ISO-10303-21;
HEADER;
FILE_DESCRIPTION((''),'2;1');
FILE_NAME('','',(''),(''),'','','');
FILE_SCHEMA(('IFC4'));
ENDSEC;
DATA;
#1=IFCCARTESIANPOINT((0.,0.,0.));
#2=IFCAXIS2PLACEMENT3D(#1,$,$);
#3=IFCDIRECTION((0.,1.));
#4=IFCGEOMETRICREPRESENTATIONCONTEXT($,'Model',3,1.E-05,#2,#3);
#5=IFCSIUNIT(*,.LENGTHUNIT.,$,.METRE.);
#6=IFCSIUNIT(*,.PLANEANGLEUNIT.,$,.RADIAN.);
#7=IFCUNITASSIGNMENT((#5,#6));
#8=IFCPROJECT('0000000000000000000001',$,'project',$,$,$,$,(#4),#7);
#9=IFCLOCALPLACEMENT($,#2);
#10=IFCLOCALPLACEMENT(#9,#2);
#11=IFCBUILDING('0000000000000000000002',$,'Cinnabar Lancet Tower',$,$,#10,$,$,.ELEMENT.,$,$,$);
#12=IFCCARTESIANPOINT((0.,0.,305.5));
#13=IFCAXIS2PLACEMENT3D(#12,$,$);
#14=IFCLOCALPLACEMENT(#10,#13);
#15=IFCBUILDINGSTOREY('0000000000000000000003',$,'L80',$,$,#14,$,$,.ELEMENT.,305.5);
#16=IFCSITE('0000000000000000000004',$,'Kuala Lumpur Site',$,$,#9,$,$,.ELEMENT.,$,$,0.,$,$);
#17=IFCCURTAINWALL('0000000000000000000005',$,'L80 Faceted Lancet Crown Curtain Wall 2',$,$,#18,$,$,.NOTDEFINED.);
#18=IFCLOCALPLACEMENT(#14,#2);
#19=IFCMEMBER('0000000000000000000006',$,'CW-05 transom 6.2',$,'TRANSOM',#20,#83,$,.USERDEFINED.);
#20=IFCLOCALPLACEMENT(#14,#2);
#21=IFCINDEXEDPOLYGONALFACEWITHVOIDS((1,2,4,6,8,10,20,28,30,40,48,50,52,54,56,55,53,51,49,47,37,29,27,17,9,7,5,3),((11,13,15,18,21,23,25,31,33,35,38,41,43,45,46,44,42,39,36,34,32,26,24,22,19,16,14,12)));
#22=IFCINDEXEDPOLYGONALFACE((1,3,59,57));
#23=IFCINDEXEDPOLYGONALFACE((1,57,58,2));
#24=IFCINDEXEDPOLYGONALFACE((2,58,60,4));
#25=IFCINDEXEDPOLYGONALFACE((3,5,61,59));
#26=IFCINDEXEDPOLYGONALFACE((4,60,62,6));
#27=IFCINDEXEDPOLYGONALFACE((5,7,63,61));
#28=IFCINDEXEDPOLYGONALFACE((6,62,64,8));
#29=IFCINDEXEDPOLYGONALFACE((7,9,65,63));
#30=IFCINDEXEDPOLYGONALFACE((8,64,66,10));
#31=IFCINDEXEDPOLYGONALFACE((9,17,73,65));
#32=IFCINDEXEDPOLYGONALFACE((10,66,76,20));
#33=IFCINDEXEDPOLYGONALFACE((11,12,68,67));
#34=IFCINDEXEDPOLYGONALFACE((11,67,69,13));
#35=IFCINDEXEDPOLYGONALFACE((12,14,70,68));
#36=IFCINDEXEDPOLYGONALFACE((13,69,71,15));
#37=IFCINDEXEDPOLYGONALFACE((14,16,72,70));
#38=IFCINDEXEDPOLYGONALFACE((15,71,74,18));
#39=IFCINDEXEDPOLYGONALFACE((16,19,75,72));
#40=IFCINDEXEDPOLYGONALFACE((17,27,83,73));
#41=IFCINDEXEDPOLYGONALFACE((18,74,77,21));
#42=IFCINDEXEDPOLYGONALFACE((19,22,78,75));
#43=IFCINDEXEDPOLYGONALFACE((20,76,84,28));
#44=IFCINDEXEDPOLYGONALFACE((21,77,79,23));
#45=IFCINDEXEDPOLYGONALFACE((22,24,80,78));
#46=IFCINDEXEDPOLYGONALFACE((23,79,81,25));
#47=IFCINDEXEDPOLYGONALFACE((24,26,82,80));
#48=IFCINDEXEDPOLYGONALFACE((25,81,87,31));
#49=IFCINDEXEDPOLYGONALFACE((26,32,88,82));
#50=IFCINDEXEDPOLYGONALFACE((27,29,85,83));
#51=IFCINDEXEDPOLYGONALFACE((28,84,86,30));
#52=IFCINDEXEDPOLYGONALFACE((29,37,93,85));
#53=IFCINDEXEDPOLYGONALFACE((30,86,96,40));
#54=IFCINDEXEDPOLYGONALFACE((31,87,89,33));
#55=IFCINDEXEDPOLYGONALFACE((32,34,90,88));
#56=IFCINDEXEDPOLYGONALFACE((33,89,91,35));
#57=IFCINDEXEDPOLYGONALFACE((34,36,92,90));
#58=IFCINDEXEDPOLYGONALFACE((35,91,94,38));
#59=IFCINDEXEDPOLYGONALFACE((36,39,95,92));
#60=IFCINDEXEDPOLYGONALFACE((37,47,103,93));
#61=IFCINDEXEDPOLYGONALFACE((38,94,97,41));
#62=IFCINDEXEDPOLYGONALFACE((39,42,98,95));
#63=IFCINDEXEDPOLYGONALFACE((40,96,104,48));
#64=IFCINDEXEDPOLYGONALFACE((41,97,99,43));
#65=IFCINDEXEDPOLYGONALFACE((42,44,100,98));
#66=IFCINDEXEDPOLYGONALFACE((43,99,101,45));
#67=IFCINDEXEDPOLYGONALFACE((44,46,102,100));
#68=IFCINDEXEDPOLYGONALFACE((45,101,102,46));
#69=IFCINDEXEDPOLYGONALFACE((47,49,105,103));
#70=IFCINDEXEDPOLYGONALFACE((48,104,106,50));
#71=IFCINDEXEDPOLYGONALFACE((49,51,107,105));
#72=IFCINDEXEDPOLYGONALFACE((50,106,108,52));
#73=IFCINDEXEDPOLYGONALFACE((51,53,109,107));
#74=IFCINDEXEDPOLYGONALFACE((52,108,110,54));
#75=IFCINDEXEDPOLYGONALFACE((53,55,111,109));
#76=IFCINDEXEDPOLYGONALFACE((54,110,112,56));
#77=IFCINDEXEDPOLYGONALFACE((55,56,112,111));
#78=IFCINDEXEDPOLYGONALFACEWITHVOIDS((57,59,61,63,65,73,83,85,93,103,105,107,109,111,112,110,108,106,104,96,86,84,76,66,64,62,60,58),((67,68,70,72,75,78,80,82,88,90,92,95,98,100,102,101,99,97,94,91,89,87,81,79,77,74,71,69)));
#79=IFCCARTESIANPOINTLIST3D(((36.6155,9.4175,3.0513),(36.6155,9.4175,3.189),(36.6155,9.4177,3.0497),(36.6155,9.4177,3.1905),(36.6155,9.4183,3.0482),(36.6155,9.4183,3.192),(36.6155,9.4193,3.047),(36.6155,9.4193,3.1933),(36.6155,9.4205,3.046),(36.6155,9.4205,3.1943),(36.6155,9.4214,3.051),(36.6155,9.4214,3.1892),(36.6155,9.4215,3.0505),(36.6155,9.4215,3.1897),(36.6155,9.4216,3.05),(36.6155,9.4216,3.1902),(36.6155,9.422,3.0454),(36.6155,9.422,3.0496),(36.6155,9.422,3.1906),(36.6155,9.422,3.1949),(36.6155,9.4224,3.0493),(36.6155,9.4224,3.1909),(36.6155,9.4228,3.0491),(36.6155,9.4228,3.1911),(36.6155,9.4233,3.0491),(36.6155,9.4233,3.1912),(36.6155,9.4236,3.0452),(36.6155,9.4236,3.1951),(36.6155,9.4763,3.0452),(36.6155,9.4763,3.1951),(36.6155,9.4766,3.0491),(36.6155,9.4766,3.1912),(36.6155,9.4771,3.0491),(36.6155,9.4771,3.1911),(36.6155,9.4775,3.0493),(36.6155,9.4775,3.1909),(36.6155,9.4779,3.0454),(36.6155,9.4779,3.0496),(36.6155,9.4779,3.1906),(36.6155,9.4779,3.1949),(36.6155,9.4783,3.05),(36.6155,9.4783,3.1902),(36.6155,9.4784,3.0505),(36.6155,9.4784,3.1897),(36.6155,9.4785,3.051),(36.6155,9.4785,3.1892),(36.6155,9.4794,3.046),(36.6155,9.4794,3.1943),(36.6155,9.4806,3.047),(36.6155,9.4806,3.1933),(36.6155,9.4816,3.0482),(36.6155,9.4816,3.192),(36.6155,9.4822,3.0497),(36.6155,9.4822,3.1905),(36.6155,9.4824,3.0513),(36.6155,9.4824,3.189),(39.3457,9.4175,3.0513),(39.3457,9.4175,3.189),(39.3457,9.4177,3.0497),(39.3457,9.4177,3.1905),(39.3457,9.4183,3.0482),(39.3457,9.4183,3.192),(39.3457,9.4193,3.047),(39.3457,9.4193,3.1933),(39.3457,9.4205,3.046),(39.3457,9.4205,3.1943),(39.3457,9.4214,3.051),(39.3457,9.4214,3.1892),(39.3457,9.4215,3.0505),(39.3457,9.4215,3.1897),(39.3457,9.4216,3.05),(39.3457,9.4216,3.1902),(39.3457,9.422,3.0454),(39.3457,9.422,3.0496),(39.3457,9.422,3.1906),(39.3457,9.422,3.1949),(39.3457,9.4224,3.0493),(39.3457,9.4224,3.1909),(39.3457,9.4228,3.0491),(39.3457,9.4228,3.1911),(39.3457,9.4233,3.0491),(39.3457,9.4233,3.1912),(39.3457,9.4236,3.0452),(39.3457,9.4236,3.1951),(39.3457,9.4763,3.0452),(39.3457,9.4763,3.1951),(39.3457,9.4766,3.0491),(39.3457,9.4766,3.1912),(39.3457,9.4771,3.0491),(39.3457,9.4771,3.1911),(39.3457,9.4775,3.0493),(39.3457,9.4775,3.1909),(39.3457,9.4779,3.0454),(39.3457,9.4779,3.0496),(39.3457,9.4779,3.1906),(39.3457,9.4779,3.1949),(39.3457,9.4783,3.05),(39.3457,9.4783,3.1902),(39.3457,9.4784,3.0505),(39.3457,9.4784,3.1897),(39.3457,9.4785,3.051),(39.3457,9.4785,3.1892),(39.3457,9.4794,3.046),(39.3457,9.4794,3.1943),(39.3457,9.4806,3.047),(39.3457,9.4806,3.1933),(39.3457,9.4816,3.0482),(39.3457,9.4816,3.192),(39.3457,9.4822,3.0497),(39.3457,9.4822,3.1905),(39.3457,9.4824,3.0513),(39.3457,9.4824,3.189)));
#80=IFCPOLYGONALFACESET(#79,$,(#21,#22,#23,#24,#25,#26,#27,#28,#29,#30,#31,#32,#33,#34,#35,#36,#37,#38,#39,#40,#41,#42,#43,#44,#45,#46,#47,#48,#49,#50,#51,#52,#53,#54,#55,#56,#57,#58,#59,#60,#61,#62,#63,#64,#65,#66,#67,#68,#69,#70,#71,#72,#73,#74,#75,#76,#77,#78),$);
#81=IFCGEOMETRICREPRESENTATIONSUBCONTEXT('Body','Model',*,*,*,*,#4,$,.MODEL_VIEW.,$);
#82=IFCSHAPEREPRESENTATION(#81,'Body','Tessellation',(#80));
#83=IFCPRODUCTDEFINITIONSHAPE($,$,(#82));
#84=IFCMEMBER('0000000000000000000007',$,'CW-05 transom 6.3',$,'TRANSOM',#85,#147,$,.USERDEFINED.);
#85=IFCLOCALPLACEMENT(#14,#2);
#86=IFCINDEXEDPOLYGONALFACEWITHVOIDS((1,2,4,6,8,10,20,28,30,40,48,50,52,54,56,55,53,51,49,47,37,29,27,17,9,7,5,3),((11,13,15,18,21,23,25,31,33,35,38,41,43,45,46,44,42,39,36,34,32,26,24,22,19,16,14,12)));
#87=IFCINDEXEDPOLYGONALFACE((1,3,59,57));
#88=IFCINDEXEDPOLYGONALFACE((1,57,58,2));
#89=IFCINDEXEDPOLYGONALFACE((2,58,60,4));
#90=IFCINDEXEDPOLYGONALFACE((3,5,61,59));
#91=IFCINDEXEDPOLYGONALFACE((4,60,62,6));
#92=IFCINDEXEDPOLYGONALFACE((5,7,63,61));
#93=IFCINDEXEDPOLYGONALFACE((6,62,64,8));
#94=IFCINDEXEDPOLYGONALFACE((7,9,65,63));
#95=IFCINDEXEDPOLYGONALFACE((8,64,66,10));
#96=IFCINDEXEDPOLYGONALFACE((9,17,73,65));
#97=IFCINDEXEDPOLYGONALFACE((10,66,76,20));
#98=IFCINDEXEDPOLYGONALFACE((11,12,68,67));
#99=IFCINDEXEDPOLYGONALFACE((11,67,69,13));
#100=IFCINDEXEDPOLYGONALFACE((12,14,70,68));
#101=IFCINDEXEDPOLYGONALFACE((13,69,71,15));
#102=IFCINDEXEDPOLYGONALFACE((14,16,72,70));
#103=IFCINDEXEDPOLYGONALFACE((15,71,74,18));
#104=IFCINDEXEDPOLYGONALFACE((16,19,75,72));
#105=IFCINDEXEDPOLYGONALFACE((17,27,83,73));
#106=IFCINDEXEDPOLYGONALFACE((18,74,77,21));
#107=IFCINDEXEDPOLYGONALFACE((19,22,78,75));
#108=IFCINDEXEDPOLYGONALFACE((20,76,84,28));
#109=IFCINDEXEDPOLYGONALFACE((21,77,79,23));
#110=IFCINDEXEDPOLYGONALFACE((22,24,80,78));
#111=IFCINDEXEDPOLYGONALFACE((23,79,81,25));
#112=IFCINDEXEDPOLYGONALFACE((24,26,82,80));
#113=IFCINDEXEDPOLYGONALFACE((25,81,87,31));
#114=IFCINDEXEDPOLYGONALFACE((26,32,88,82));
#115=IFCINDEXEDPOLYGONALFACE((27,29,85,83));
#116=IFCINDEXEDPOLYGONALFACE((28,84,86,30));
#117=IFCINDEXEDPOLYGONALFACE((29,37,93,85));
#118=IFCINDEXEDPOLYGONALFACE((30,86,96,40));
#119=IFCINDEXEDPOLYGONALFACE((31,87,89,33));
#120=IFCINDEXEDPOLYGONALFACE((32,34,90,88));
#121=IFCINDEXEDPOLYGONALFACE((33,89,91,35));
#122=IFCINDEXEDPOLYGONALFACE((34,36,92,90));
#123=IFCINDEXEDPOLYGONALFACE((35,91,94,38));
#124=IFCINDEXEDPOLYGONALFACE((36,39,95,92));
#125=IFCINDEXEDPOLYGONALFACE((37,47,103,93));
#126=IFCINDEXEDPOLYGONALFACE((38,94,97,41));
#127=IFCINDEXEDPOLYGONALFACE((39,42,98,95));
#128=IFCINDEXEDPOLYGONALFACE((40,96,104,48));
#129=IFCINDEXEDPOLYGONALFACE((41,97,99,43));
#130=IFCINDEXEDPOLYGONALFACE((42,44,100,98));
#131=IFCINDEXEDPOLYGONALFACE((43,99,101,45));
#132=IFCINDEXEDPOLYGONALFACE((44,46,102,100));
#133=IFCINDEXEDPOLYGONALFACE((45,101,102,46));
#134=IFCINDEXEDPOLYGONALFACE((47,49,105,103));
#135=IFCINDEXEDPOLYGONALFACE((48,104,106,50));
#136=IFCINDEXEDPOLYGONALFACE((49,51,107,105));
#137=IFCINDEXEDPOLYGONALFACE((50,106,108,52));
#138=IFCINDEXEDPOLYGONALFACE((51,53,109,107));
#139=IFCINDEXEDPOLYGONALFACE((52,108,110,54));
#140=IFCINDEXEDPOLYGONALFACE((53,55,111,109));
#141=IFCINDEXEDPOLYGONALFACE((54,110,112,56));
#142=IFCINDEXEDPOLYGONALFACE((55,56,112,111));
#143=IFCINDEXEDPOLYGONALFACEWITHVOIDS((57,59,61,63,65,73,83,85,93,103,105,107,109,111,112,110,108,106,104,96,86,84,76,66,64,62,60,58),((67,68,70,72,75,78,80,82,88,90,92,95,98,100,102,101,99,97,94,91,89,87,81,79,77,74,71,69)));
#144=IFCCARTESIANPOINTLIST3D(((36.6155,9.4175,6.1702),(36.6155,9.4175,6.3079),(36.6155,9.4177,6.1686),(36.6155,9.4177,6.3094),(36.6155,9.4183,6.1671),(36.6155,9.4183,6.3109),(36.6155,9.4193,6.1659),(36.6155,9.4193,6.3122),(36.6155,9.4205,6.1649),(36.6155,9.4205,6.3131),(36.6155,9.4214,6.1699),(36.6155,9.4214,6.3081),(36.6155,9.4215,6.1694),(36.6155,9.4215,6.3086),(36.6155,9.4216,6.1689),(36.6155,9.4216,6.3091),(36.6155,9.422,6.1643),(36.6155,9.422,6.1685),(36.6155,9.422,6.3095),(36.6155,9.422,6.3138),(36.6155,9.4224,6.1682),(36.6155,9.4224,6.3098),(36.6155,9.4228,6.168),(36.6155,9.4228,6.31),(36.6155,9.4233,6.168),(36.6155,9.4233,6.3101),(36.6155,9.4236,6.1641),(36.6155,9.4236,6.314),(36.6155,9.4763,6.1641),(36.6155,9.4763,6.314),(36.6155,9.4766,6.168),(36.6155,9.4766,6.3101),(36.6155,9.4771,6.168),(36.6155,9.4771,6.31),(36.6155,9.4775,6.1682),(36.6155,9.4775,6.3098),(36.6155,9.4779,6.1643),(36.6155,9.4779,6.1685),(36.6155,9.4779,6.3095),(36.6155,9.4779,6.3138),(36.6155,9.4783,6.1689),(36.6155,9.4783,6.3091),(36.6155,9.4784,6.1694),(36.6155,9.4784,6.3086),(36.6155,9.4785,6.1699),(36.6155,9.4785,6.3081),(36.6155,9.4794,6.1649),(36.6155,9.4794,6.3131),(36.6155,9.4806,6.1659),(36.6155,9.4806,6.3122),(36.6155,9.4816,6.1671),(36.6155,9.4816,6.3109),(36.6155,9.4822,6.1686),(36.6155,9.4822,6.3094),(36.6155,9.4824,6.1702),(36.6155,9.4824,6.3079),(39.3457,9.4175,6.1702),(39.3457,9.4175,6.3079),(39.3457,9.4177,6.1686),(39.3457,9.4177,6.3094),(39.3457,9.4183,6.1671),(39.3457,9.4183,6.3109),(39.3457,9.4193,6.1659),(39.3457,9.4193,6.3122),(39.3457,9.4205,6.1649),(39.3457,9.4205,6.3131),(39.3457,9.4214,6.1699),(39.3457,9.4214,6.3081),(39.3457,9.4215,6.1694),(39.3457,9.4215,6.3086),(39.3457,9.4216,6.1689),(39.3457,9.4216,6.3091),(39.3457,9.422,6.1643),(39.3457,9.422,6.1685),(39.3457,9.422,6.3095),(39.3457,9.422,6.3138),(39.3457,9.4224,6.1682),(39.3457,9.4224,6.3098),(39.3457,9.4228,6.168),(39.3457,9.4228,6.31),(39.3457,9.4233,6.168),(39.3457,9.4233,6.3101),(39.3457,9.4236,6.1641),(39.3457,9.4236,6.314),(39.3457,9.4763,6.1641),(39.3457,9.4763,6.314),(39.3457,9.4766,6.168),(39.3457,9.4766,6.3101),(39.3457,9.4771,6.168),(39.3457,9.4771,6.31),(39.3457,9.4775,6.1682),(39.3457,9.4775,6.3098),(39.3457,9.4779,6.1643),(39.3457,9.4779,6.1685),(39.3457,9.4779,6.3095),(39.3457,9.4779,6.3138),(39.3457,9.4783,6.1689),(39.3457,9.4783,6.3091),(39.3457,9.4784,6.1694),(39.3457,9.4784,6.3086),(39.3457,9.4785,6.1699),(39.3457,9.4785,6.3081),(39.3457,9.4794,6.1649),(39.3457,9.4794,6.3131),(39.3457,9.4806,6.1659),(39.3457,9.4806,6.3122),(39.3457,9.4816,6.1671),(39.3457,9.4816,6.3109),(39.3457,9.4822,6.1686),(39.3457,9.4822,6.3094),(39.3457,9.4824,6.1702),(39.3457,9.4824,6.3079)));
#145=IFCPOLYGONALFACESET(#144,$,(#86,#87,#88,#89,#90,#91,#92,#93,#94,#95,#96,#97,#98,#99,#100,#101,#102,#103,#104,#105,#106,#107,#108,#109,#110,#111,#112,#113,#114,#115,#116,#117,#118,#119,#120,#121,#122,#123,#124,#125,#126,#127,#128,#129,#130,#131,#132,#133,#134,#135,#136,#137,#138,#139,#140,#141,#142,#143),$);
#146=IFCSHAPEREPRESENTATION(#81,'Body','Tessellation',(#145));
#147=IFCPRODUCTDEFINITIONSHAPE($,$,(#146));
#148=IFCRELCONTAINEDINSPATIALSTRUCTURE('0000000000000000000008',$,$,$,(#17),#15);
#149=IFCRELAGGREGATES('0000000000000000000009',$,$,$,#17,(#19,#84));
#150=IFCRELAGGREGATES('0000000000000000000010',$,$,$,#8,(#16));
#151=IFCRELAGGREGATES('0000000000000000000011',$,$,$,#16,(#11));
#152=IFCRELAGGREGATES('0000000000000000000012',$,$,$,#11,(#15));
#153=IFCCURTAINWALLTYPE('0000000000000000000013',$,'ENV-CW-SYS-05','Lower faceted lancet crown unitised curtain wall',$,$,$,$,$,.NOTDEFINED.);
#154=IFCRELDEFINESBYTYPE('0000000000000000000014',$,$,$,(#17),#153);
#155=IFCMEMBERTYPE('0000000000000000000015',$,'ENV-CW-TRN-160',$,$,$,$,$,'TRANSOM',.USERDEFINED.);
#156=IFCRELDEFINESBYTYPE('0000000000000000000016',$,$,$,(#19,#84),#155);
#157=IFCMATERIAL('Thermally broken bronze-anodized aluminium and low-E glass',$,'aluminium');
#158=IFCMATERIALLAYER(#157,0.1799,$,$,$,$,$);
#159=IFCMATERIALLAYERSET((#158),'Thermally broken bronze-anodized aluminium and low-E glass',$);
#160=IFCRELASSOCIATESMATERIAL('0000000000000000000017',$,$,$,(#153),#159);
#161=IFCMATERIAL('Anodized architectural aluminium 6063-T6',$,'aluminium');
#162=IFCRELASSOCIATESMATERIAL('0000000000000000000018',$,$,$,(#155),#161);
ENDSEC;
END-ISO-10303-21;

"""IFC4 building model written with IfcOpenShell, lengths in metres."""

from ifc_helpers import new_model, si_unit, direction, frame, origin, origin_2d, place, context, subcontext, project, spatial, hollow_rectangle, extrude, material, layer, layer_set, material_profile, profile_set, type_object, element, aggregate, save


model = new_model("IFC4")

# Units and contexts
model_context = context("Model", 3, precision=1e-05, world=origin(), true_north=direction((0.0, 1.0)))
body_context = subcontext(model_context, "Body", "Model", "MODEL_VIEW")
ifc_project = project(units=[si_unit("LENGTHUNIT", "METRE"), si_unit("PLANEANGLEUNIT", "RADIAN")], contexts=[model_context])

# Site, building, storey
site_placement = place(None, origin())
site = spatial("IfcSite", under=ifc_project, at=site_placement, Name="Kuala Lumpur Site", CompositionType="ELEMENT", RefElevation=0.0)
building_placement = place(site_placement, origin())
building = spatial("IfcBuilding", under=site, at=building_placement, Name="Cinnabar Lancet Tower", CompositionType="ELEMENT")
storey_placement = place(building_placement, frame((0.0, 0.0, 305.5)))
storey = spatial("IfcBuildingStorey", under=building, at=storey_placement, Name="L80", CompositionType="ELEMENT", Elevation=305.5)

# Curtain wall
ifc_material_1 = material(Name="Thermally broken bronze-anodized aluminium and low-E glass", Category="aluminium")
ifc_layer_1 = layer(ifc_material_1, 0.1799)
ifc_layer_set_1 = layer_set([ifc_layer_1], Name="Thermally broken bronze-anodized aluminium and low-E glass")
curtain_wall_type = type_object("IfcCurtainWallType", Name="ENV-CW-SYS-05", Description="Lower faceted lancet crown unitised curtain wall", PredefinedType="NOTDEFINED", material=ifc_layer_set_1)
curtain_wall_1_placement = place(storey_placement, origin())
curtain_wall_1 = element("IfcCurtainWall", 1, at=curtain_wall_1_placement, inside=storey, type_object=curtain_wall_type, Name="L80 Faceted Lancet Crown Curtain Wall 2", PredefinedType="NOTDEFINED")

# Members
ifc_material_2 = material(Name="Anodized architectural aluminium 6063-T6", Category="aluminium")
ifc_material_profile_1 = material_profile(ifc_material_2, hollow_rectangle(XDim=0.0649, YDim=0.1499, WallThickness=0.0039, InnerFilletRadius=0.002, OuterFilletRadius=0.0061, at=origin_2d()), Name="CW-TRN 150x65x4")
ifc_profile_set_1 = profile_set([ifc_material_profile_1], Name="Anodized architectural aluminium 6063-T6")
member_type_1 = type_object("IfcMemberType", Name="ENV-CW-TRN-160", ElementType="TRANSOM", PredefinedType="USERDEFINED", material=ifc_profile_set_1)
member_1_placement = place(storey_placement, frame((36.6155, 9.45, 3.1201), z_axis=(1.0, 0.0, 0.0), x_axis=(0.0, 1.0, 0.0)))
member_1 = element("IfcMember", 2, at=member_1_placement, type_object=member_type_1, Name="CW-05 transom 6.2", ObjectType="TRANSOM", PredefinedType="USERDEFINED", context=body_context, shape_type="SweptSolid", body=[
    extrude(hollow_rectangle(XDim=0.0649, YDim=0.1499, WallThickness=0.0039, InnerFilletRadius=0.002, OuterFilletRadius=0.0061, at=origin_2d()), origin(), (0.0, 0.0, 1.0), 2.7302),
])
member_2_placement = place(storey_placement, frame((36.6155, 9.45, 6.239), z_axis=(1.0, 0.0, 0.0), x_axis=(0.0, 1.0, 0.0)))
member_2 = element("IfcMember", 3, at=member_2_placement, type_object=member_type_1, Name="CW-05 transom 6.3", ObjectType="TRANSOM", PredefinedType="USERDEFINED", context=body_context, shape_type="SweptSolid", body=[
    extrude(hollow_rectangle(XDim=0.0649, YDim=0.1499, WallThickness=0.0039, InnerFilletRadius=0.002, OuterFilletRadius=0.0061, at=origin_2d()), origin(), (0.0, 0.0, 1.0), 2.7302),
])

aggregate(curtain_wall_1, [member_1, member_2])

save(model, "model.ifc")
